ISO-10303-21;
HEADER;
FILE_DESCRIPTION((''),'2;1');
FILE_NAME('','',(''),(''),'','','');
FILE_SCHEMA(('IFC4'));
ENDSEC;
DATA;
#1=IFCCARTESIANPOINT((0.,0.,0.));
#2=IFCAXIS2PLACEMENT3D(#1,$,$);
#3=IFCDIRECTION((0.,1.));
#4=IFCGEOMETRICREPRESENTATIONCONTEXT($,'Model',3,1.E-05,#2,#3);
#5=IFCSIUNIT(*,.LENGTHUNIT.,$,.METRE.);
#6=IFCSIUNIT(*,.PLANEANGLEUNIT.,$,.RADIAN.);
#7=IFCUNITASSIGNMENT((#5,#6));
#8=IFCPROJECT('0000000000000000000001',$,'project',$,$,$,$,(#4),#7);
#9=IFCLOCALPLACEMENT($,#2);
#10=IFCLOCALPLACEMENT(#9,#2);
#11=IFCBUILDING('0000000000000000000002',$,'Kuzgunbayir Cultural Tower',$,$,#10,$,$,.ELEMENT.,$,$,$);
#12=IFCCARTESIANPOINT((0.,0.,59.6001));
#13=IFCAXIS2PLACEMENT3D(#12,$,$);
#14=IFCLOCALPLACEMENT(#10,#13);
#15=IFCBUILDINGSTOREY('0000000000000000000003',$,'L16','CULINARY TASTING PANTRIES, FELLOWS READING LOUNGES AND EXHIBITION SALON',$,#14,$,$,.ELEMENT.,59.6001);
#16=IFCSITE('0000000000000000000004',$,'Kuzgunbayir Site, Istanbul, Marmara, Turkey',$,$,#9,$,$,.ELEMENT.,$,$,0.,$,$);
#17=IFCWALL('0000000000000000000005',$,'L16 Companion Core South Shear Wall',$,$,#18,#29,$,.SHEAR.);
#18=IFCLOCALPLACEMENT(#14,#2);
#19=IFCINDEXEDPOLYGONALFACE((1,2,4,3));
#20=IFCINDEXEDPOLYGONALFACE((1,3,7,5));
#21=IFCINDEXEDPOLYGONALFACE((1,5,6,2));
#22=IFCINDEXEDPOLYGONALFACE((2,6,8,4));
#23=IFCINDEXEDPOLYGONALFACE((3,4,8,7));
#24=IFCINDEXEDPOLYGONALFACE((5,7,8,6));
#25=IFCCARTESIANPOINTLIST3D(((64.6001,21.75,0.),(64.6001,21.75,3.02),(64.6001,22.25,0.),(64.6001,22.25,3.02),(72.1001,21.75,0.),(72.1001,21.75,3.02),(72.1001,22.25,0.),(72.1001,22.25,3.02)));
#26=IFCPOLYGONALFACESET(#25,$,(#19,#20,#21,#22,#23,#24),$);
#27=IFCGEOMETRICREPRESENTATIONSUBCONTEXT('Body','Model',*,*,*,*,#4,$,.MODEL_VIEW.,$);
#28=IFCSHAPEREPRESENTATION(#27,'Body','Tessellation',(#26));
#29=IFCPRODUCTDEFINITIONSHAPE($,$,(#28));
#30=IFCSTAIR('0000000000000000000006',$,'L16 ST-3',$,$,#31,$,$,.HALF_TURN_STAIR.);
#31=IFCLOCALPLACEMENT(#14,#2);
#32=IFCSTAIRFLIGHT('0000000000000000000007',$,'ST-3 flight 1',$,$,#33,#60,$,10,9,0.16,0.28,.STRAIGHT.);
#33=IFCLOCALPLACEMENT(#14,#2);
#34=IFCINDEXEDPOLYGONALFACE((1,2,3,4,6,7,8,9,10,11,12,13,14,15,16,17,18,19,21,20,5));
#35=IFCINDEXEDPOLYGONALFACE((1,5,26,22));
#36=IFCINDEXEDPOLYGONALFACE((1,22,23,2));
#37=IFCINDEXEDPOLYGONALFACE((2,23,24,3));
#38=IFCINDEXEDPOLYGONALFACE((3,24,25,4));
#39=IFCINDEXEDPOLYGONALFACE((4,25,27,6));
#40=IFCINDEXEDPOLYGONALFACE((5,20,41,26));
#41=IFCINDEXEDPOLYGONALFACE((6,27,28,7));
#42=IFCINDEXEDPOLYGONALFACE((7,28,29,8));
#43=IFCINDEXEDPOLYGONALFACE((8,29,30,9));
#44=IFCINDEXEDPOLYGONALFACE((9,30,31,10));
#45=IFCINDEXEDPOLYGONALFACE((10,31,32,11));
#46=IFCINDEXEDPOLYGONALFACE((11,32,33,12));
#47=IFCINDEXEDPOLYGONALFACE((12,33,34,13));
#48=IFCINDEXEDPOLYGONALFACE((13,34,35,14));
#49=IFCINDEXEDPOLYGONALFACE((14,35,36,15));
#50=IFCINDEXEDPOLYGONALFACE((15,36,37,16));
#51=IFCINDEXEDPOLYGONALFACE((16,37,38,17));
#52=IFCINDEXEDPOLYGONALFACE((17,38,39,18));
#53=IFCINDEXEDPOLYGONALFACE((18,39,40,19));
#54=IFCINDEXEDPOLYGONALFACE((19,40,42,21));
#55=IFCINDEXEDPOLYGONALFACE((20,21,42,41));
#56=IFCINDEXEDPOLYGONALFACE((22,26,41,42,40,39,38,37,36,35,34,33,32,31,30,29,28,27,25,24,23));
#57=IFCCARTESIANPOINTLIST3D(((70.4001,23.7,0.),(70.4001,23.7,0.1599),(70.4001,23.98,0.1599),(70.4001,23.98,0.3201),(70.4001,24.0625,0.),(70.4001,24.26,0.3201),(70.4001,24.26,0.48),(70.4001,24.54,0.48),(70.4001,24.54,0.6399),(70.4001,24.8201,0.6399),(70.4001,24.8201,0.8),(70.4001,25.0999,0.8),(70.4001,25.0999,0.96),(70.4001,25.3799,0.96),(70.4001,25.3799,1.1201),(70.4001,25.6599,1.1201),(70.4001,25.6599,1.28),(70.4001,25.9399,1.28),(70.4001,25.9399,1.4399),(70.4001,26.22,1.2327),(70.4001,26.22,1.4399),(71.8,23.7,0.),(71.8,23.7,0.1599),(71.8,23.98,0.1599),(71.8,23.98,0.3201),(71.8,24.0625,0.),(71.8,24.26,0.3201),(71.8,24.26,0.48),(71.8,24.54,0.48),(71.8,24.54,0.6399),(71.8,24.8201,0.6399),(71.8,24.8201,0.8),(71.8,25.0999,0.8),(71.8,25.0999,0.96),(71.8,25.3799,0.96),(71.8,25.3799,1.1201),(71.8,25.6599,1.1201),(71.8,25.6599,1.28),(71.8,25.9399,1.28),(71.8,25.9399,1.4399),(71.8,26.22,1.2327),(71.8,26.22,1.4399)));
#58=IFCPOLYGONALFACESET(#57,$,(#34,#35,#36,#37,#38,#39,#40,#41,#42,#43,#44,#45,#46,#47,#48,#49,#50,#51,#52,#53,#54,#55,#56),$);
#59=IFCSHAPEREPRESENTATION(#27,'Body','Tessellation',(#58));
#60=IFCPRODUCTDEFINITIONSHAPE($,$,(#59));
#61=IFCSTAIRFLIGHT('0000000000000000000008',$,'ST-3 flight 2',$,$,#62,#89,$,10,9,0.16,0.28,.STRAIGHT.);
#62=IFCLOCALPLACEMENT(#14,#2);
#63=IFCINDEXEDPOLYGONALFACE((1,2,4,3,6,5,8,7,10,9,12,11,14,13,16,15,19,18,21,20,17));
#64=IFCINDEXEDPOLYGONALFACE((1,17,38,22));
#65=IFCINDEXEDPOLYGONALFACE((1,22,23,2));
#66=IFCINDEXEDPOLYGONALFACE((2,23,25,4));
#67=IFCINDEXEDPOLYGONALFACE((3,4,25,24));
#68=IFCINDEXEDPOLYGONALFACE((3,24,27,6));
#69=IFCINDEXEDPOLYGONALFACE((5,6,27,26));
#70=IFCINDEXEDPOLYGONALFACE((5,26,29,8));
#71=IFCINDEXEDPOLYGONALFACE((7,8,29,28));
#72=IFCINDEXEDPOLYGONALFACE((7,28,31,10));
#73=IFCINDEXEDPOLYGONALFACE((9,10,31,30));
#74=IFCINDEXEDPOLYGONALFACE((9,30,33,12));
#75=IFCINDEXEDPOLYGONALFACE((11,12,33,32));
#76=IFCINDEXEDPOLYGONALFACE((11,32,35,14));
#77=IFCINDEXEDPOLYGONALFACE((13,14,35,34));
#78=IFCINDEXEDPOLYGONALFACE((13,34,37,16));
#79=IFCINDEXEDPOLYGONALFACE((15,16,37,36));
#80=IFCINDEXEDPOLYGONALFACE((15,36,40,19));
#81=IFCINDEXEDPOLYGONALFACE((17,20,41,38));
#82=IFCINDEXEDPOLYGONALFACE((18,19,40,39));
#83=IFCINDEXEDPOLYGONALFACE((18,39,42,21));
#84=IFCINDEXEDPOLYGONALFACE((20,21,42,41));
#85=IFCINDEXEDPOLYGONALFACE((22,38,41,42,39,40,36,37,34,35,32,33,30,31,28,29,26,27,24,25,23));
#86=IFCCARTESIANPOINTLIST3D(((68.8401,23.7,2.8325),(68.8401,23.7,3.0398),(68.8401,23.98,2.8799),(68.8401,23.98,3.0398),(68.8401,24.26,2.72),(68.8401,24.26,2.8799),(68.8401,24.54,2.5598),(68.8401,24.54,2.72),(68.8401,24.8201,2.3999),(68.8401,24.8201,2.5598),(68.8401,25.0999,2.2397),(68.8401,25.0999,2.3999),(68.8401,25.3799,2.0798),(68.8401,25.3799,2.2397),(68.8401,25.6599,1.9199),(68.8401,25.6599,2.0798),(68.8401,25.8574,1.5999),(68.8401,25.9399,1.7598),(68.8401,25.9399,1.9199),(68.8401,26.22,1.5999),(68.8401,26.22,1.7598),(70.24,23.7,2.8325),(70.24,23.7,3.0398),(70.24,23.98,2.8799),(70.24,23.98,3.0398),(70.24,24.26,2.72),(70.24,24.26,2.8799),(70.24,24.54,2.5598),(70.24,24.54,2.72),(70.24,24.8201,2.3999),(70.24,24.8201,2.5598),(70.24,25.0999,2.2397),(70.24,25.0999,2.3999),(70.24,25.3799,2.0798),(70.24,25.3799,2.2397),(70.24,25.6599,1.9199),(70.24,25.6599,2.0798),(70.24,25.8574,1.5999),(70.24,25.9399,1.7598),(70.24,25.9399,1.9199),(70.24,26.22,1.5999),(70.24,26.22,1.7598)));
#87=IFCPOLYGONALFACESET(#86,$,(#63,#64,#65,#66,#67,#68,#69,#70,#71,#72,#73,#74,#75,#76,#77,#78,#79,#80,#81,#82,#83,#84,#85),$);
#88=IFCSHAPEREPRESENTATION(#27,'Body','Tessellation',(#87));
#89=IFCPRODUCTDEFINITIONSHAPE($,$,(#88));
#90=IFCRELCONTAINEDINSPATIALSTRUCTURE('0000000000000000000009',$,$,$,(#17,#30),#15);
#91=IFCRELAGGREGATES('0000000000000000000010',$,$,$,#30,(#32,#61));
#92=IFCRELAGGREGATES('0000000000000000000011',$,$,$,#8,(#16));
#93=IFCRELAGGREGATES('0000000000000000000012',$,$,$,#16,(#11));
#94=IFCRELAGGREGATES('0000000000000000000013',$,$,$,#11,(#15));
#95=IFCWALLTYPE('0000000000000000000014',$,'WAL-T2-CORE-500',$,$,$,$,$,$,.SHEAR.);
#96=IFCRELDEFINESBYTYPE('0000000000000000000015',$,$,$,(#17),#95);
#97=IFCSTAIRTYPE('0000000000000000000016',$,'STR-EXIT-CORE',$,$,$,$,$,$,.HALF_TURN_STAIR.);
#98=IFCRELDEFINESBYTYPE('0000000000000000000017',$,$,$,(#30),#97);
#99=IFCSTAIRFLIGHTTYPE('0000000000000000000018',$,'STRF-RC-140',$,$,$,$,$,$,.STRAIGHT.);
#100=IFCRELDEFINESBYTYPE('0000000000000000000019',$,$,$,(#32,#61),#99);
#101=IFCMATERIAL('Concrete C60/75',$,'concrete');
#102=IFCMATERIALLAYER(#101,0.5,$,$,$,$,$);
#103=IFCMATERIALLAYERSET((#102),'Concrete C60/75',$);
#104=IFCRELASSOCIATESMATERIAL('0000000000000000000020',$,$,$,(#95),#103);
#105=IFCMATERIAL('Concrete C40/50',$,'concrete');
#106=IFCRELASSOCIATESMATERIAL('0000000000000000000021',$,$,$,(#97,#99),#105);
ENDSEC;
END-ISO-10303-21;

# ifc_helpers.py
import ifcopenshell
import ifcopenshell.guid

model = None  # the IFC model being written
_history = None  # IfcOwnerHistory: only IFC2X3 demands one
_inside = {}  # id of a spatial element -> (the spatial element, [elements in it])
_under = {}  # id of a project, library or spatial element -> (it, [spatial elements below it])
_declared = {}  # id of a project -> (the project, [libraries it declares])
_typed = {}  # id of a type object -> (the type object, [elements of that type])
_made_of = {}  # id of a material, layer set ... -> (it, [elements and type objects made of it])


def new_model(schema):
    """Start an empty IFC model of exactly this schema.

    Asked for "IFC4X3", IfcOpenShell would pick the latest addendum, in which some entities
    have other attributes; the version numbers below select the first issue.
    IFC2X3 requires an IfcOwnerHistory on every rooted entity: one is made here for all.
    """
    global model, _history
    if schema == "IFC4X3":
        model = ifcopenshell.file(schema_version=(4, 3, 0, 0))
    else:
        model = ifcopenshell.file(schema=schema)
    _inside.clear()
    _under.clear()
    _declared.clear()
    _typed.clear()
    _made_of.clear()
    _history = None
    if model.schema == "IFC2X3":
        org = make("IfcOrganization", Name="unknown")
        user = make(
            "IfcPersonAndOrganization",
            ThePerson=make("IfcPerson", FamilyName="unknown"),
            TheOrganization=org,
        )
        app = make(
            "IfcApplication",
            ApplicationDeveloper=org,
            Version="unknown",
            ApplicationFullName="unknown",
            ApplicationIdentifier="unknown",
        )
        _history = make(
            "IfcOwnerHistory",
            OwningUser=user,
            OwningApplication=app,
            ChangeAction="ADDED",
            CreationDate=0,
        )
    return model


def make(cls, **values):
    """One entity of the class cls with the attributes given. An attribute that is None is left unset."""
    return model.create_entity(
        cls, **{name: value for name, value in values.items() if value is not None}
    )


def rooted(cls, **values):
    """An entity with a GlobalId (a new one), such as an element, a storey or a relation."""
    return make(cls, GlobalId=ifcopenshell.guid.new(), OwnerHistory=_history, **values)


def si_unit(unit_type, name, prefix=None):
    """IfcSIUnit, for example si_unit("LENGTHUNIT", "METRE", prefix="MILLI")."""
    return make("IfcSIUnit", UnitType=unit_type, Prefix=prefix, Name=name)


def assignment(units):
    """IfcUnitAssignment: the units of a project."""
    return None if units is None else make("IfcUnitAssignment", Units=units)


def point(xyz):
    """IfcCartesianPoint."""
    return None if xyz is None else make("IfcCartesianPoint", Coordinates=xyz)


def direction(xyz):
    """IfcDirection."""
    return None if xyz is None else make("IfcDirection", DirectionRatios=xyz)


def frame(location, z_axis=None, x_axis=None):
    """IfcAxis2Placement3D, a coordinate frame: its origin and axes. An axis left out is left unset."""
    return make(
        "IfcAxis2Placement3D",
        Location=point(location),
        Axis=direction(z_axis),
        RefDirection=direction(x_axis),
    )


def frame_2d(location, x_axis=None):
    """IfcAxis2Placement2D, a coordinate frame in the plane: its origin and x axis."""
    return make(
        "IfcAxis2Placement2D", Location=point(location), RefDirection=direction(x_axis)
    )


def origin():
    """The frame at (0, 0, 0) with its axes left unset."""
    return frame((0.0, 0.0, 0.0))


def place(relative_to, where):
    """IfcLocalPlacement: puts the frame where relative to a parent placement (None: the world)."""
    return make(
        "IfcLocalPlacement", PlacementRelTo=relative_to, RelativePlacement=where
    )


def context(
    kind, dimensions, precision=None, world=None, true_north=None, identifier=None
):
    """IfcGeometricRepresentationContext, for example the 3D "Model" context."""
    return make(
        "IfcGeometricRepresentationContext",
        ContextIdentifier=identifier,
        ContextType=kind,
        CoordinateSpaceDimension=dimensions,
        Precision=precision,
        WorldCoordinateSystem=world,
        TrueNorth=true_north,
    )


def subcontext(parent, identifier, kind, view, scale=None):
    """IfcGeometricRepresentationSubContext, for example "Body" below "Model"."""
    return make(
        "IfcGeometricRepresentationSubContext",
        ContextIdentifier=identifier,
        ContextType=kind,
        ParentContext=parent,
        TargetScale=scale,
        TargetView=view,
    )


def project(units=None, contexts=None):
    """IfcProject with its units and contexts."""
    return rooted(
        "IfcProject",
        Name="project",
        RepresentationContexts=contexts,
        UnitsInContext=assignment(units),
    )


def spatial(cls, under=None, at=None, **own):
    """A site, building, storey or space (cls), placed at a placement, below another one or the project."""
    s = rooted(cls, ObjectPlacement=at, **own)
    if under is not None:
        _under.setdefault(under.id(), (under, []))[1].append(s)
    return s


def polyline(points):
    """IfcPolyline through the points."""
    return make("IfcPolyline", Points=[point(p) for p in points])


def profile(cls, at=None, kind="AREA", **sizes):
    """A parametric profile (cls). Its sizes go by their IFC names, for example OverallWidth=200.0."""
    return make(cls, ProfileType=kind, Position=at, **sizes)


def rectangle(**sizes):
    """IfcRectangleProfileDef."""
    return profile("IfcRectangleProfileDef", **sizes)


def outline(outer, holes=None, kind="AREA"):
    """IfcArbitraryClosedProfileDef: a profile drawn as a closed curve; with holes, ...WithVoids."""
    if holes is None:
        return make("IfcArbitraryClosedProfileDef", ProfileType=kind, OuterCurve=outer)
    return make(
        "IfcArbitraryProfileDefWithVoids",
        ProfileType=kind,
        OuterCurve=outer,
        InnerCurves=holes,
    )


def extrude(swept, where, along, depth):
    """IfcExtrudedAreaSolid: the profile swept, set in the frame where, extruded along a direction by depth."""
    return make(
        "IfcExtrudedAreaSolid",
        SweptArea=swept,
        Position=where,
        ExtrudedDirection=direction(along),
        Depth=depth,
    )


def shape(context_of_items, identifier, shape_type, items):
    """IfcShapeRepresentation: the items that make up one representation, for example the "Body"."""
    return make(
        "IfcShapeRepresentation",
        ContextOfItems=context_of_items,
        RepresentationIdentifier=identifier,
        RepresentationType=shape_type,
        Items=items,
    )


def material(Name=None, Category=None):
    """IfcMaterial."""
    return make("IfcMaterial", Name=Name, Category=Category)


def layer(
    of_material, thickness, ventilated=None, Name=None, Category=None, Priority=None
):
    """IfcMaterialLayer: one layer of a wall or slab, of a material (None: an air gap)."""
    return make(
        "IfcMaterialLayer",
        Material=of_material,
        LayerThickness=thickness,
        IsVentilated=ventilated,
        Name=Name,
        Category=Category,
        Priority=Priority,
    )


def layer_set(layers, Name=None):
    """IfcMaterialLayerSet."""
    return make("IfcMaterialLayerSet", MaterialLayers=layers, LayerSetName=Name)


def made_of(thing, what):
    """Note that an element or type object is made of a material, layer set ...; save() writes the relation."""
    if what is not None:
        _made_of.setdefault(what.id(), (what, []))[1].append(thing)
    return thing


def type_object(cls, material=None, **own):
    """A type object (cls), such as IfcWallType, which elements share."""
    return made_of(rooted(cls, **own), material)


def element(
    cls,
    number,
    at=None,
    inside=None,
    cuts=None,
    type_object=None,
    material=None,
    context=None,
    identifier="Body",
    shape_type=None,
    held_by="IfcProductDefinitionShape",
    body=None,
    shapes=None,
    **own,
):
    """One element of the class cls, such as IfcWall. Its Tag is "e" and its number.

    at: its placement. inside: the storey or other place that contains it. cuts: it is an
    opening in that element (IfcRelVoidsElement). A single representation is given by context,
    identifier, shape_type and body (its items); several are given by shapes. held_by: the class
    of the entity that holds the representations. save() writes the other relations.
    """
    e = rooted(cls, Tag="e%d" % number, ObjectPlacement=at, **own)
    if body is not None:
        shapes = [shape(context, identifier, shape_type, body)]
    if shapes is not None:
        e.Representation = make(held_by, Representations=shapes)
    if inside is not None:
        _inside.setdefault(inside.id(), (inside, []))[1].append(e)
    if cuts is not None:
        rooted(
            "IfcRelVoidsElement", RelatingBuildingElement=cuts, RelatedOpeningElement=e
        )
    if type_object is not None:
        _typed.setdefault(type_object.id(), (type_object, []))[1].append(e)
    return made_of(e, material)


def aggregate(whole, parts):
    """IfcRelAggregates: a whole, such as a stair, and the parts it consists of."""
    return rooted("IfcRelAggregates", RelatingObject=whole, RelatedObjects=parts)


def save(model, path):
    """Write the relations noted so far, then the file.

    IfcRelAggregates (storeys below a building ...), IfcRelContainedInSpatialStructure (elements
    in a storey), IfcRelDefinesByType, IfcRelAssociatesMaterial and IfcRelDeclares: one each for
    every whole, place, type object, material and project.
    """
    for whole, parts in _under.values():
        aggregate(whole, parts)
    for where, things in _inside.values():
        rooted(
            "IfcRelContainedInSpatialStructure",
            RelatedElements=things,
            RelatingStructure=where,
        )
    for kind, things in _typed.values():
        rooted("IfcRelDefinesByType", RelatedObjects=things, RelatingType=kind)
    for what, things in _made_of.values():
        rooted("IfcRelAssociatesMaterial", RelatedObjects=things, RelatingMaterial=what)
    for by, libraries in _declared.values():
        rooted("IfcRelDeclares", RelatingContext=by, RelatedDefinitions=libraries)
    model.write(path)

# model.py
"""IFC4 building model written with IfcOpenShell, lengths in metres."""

from ifc_helpers import new_model, si_unit, direction, frame, frame_2d, origin, place, context, subcontext, project, spatial, polyline, rectangle, outline, extrude, material, layer, layer_set, type_object, element, aggregate, save


model = new_model("IFC4")

# Units and contexts
model_context = context("Model", 3, precision=1e-05, world=origin(), true_north=direction((0.0, 1.0)))
body_context = subcontext(model_context, "Body", "Model", "MODEL_VIEW")
ifc_project = project(units=[si_unit("LENGTHUNIT", "METRE"), si_unit("PLANEANGLEUNIT", "RADIAN")], contexts=[model_context])

# Site, building, storey
site_placement = place(None, origin())
site = spatial("IfcSite", under=ifc_project, at=site_placement, Name="Kuzgunbayir Site, Istanbul, Marmara, Turkey", CompositionType="ELEMENT", RefElevation=0.0)
building_placement = place(site_placement, origin())
building = spatial("IfcBuilding", under=site, at=building_placement, Name="Kuzgunbayir Cultural Tower", CompositionType="ELEMENT")
storey_placement = place(building_placement, frame((0.0, 0.0, 59.6001)))
storey = spatial("IfcBuildingStorey", under=building, at=storey_placement, Name="L16", Description="CULINARY TASTING PANTRIES, FELLOWS READING LOUNGES AND EXHIBITION SALON", CompositionType="ELEMENT", Elevation=59.6001)

# Shared definitions
ifc_material_1 = material(Name="Concrete C60/75", Category="concrete")

# Shared definitions
ifc_material_2 = material(Name="Concrete C40/50", Category="concrete")

# Wall
ifc_layer_1 = layer(ifc_material_1, 0.5)
ifc_layer_set_1 = layer_set([ifc_layer_1], Name="Concrete C60/75")
wall_type_1 = type_object("IfcWallType", Name="WAL-T2-CORE-500", PredefinedType="SHEAR", material=ifc_layer_set_1)
wall_1_placement = place(storey_placement, frame((64.6001, 22.0, 0.0), z_axis=(0.0, 0.0, 1.0), x_axis=(1.0, 0.0, 0.0)))
element("IfcWall", 1, at=wall_1_placement, inside=storey, type_object=wall_type_1, Name="L16 Companion Core South Shear Wall", PredefinedType="SHEAR", context=body_context, shape_type="SweptSolid", body=[
    extrude(rectangle(XDim=7.5, YDim=0.5, at=frame_2d((3.75, 0.0))), origin(), (0.0, 0.0, 1.0), 3.02),
])

# Stair, stair flights
stair_type = type_object("IfcStairType", Name="STR-EXIT-CORE", PredefinedType="HALF_TURN_STAIR", material=ifc_material_2)
stair_placement = place(storey_placement, origin())
stair = element("IfcStair", 2, at=stair_placement, inside=storey, type_object=stair_type, Name="L16 ST-3", PredefinedType="HALF_TURN_STAIR")
stair_flight_type = type_object("IfcStairFlightType", Name="STRF-RC-140", PredefinedType="STRAIGHT", material=ifc_material_2)
stair_flight_1_placement = place(storey_placement, frame((71.1001, 23.7, 0.0), z_axis=(0.0, 0.0, 1.0), x_axis=(0.0, 1.0, 0.0)))
stair_flight_1 = element("IfcStairFlight", 3, at=stair_flight_1_placement, type_object=stair_flight_type, Name="ST-3 flight 1", NumberOfRisers=10, NumberOfTreads=9, PredefinedType="STRAIGHT", RiserHeight=0.16, TreadLength=0.28, context=body_context, shape_type="SweptSolid", body=[
    extrude(outline(polyline([(0.0, 0.0), (0.0, 0.1599), (0.28, 0.1599), (0.28, 0.3201), (0.5601, 0.3201), (0.5601, 0.48), (0.8401, 0.48), (0.8401, 0.6399), (1.1201, 0.6399), (1.1201, 0.8), (1.3999, 0.8), (1.3999, 0.96), (1.6799, 0.96), (1.6799, 1.1201), (1.96, 1.1201), (1.96, 1.28), (2.24, 1.28), (2.24, 1.4399), (2.52, 1.4399), (2.52, 1.6001), (2.52, 1.2327), (0.3625, 0.0), (0.0, 0.0)])), frame((0.0, 0.7, 0.0), z_axis=(0.0, -1.0, 0.0), x_axis=(1.0, 0.0, 0.0)), (0.0, 0.0, 1.0), 1.3999),
])
stair_flight_2_placement = place(storey_placement, frame((69.54, 26.22, 1.5999), z_axis=(0.0, 0.0, 1.0), x_axis=(0.0, -1.0, 0.0)))
stair_flight_2 = element("IfcStairFlight", 4, at=stair_flight_2_placement, type_object=stair_flight_type, Name="ST-3 flight 2", NumberOfRisers=10, NumberOfTreads=9, PredefinedType="STRAIGHT", RiserHeight=0.16, TreadLength=0.28, context=body_context, shape_type="SweptSolid", body=[
    extrude(outline(polyline([(0.0, 0.0), (0.0, 0.1599), (0.28, 0.1599), (0.28, 0.3201), (0.5601, 0.3201), (0.5601, 0.48), (0.8401, 0.48), (0.8401, 0.6399), (1.1201, 0.6399), (1.1201, 0.8), (1.3999, 0.8), (1.3999, 0.96), (1.6799, 0.96), (1.6799, 1.1201), (1.96, 1.1201), (1.96, 1.28), (2.24, 1.28), (2.24, 1.4399), (2.52, 1.4399), (2.52, 1.6001), (2.52, 1.2327), (0.3625, 0.0), (0.0, 0.0)])), frame((0.0, 0.7, 0.0), z_axis=(0.0, -1.0, 0.0), x_axis=(1.0, 0.0, 0.0)), (0.0, 0.0, 1.0), 1.3999),
])
aggregate(stair, [stair_flight_1, stair_flight_2])

save(model, "model.ifc")
